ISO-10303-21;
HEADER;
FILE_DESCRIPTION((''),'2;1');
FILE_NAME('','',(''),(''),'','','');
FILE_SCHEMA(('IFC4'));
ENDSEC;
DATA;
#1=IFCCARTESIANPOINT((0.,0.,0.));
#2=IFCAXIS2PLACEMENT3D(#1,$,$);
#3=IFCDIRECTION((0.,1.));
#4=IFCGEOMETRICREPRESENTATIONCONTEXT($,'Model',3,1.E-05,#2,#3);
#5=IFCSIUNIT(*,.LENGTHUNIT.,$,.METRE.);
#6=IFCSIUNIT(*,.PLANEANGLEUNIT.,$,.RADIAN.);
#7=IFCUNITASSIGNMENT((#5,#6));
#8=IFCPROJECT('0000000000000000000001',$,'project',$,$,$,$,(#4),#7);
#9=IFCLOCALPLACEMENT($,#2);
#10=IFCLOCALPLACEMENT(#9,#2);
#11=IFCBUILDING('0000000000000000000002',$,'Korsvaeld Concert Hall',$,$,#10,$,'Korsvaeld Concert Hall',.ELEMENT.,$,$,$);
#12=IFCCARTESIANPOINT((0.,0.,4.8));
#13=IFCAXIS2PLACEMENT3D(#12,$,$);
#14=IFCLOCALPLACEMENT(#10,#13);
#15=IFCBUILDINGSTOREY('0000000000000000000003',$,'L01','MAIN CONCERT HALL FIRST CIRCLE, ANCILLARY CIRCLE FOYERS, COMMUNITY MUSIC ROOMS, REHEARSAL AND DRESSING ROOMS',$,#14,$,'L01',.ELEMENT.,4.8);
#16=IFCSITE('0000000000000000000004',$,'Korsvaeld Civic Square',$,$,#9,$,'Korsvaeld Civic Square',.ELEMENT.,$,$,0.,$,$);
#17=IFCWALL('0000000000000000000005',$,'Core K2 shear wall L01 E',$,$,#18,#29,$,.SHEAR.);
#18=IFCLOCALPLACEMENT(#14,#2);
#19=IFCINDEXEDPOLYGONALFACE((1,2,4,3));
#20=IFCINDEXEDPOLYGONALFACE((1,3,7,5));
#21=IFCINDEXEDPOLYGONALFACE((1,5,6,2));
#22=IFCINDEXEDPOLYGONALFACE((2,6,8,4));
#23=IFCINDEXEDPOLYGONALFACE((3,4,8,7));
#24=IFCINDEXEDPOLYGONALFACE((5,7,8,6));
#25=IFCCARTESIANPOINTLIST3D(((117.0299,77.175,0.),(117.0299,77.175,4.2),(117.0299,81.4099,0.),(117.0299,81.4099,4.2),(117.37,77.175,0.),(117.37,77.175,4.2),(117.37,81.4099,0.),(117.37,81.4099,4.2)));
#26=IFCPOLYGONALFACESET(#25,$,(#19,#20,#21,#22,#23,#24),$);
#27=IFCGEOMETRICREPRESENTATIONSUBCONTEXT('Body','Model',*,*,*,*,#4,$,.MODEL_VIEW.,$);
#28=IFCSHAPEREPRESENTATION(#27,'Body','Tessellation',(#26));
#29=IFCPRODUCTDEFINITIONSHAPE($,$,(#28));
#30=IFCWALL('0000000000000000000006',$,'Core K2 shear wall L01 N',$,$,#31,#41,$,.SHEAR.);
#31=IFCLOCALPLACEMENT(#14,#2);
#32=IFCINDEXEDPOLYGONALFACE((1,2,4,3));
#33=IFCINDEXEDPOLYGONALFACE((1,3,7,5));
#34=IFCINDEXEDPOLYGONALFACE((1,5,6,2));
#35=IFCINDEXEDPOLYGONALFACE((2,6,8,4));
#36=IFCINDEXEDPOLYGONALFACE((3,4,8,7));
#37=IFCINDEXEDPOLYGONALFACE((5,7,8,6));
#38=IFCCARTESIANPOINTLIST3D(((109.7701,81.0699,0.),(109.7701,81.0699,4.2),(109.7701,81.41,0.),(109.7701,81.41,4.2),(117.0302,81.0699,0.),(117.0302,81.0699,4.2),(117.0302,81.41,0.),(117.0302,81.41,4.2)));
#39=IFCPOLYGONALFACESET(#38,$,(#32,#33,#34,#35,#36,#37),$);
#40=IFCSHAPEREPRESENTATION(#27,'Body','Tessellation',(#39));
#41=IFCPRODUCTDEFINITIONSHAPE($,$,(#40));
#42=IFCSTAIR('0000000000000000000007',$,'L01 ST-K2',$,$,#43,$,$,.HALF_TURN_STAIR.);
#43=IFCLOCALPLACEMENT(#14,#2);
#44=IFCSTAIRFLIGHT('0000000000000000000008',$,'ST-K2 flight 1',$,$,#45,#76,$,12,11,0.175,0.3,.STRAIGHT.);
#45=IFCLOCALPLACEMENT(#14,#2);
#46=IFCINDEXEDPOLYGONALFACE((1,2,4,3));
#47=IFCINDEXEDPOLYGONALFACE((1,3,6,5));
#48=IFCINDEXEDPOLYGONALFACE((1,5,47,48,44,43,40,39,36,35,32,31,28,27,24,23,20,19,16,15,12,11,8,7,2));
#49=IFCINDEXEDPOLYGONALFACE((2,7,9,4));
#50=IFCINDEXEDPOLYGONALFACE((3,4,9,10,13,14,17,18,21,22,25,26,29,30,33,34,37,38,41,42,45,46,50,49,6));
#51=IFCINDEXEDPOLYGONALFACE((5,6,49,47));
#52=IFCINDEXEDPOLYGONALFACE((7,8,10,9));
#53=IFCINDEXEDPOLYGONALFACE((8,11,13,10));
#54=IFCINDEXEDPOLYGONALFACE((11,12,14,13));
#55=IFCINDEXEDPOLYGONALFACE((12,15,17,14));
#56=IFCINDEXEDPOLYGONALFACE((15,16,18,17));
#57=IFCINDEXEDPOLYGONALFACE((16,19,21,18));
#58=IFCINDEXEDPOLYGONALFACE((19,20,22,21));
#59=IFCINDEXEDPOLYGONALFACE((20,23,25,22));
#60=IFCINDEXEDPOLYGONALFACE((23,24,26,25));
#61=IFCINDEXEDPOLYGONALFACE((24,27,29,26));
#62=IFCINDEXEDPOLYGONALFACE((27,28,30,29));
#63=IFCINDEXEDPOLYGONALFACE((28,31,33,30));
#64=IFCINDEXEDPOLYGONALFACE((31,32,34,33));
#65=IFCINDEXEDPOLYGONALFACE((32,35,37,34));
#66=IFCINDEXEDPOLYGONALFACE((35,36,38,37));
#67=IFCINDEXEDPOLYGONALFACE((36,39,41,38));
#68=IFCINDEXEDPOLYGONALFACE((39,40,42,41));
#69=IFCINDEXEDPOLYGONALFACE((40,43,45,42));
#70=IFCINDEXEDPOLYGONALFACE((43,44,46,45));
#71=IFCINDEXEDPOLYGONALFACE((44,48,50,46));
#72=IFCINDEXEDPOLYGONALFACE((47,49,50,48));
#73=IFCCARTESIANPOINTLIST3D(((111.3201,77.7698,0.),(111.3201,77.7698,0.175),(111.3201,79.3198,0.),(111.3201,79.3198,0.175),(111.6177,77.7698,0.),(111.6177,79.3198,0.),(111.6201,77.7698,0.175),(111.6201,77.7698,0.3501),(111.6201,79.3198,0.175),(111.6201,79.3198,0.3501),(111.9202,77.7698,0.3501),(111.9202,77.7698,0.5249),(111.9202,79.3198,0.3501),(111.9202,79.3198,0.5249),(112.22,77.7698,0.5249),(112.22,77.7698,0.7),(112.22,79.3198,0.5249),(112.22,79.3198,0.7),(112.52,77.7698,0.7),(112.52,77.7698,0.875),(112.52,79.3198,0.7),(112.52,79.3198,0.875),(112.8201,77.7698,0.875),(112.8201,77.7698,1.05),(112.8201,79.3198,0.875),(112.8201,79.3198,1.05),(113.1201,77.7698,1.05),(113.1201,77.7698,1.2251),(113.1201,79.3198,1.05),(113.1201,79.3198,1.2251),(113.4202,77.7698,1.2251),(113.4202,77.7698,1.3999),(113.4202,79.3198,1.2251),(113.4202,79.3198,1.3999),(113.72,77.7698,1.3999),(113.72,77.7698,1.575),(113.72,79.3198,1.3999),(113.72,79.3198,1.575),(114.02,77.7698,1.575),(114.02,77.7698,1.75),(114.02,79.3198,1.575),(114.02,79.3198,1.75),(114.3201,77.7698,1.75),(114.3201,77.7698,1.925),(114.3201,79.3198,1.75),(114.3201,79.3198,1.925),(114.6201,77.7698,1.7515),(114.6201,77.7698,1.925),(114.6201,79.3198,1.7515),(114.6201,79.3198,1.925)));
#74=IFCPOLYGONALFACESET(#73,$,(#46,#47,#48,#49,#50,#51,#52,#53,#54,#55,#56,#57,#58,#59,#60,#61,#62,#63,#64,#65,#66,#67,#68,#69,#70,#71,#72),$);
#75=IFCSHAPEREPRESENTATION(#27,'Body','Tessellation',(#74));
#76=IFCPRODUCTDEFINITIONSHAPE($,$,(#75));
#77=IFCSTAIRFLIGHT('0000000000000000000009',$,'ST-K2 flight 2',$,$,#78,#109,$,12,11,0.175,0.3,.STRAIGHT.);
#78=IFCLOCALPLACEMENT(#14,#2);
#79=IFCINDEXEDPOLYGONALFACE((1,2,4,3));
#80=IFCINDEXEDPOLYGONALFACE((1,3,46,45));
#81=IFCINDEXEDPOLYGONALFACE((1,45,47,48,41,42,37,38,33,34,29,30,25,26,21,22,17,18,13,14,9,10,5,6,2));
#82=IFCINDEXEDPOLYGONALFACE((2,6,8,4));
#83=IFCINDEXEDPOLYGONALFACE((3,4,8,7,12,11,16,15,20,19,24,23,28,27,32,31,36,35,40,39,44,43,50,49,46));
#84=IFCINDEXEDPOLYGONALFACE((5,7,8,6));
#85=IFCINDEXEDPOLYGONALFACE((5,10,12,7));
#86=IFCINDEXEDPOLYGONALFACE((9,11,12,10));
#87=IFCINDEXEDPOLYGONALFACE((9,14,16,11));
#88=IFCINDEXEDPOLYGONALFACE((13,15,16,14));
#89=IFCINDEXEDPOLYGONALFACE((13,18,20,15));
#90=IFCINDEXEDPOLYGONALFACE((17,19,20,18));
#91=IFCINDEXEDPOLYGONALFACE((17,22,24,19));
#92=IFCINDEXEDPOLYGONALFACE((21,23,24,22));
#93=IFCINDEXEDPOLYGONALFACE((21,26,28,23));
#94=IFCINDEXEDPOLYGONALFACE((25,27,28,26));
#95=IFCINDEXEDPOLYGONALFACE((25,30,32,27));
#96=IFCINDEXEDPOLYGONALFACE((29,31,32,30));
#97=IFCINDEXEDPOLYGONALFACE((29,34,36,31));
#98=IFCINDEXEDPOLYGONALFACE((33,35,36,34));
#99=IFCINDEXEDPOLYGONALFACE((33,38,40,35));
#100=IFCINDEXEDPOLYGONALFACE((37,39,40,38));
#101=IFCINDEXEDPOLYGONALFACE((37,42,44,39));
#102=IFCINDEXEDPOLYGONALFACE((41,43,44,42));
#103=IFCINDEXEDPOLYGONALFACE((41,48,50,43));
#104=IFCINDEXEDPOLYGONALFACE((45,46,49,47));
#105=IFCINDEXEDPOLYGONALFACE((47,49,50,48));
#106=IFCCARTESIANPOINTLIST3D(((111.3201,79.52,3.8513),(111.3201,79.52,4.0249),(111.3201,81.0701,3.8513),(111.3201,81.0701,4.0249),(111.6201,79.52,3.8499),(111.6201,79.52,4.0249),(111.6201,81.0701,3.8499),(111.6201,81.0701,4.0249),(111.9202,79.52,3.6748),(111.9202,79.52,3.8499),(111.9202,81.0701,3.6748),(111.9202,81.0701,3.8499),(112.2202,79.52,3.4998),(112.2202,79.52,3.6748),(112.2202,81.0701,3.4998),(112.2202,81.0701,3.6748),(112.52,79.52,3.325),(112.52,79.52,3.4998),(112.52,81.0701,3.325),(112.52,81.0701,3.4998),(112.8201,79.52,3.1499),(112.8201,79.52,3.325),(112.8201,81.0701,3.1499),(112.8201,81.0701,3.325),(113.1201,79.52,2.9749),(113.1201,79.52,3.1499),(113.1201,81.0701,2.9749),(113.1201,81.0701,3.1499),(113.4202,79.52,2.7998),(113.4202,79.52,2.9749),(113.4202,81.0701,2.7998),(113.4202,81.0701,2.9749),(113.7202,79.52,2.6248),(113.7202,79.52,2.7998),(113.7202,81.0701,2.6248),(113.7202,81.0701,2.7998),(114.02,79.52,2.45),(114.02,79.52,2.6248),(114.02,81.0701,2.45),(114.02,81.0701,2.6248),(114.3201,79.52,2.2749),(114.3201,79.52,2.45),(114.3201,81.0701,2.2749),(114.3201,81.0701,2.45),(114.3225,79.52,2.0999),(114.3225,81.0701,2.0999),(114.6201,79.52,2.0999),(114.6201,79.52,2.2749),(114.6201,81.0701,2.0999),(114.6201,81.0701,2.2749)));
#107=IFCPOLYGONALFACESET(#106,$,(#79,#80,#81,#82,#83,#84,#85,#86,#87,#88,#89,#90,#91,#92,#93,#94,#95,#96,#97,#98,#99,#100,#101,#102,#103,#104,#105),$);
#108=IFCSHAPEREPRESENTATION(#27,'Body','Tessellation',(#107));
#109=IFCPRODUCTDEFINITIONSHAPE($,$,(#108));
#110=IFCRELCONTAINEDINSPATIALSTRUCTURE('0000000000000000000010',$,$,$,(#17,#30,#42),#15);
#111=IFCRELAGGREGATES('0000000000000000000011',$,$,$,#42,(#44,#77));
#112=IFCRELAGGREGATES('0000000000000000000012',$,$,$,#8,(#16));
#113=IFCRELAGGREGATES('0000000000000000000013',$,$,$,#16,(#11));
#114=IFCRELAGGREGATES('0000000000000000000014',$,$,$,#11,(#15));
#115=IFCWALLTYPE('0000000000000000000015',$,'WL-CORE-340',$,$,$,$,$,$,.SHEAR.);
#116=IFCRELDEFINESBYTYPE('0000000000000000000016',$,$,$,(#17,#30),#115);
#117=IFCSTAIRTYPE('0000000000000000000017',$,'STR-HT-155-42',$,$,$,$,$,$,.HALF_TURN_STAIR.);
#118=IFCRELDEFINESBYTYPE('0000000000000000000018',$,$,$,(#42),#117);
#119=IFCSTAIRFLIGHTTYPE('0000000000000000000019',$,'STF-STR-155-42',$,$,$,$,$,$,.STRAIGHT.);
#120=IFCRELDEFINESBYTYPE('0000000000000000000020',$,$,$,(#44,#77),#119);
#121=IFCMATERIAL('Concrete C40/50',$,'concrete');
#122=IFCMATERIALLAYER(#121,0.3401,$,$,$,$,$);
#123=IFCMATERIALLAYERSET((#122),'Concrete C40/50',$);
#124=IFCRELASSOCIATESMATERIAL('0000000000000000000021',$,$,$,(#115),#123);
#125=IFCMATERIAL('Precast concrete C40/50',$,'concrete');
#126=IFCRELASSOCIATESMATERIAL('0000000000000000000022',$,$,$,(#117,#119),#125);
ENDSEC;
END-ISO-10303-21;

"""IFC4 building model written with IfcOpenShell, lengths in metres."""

from ifc_helpers import new_model, si_unit, direction, frame, frame_2d, origin, place, context, subcontext, project, spatial, polyline, rectangle, outline, extrude, material, layer, layer_set, type_object, element, aggregate, save


model = new_model("IFC4")

# Units and contexts
model_context = context("Model", 3, precision=1e-05, world=origin(), true_north=direction((0.0, 1.0)))
body_context = subcontext(model_context, "Body", "Model", "MODEL_VIEW")
ifc_project = project(units=[si_unit("LENGTHUNIT", "METRE"), si_unit("PLANEANGLEUNIT", "RADIAN")], contexts=[model_context])

# Site, building, storey
site_placement = place(None, origin())
site = spatial("IfcSite", under=ifc_project, at=site_placement, Name="Korsvaeld Civic Square", LongName="Korsvaeld Civic Square", CompositionType="ELEMENT", RefElevation=0.0)
building_placement = place(site_placement, origin())
building = spatial("IfcBuilding", under=site, at=building_placement, Name="Korsvaeld Concert Hall", LongName="Korsvaeld Concert Hall", CompositionType="ELEMENT")
storey_placement = place(building_placement, frame((0.0, 0.0, 4.8)))
storey = spatial("IfcBuildingStorey", under=building, at=storey_placement, Name="L01", Description="MAIN CONCERT HALL FIRST CIRCLE, ANCILLARY CIRCLE FOYERS, COMMUNITY MUSIC ROOMS, REHEARSAL AND DRESSING ROOMS", LongName="L01", CompositionType="ELEMENT", Elevation=4.8)

# Shared definitions
ifc_material_1 = material(Name="Concrete C40/50", Category="concrete")

# Walls
ifc_layer = layer(ifc_material_1, 0.3401)
ifc_layer_set = layer_set([ifc_layer], Name="Concrete C40/50")
wall_type = type_object("IfcWallType", Name="WL-CORE-340", PredefinedType="SHEAR", material=ifc_layer_set)
wall_1_placement = place(storey_placement, frame((117.2, 77.175, 0.0), z_axis=(0.0, 0.0, 1.0), x_axis=(0.0, 1.0, 0.0)))
element("IfcWall", 1, at=wall_1_placement, inside=storey, type_object=wall_type, Name="Core K2 shear wall L01 E", PredefinedType="SHEAR", context=body_context, shape_type="SweptSolid", body=[
    extrude(rectangle(XDim=4.2349, YDim=0.3401, at=frame_2d((2.1174, 0.0))), origin(), (0.0, 0.0, 1.0), 4.2),
])
wall_2_placement = place(storey_placement, frame((117.03, 81.24, 0.0), z_axis=(0.0, 0.0, 1.0), x_axis=(-1.0, 0.0, 0.0)))
element("IfcWall", 2, at=wall_2_placement, inside=storey, type_object=wall_type, Name="Core K2 shear wall L01 N", PredefinedType="SHEAR", context=body_context, shape_type="SweptSolid", body=[
    extrude(rectangle(XDim=7.26, YDim=0.3401, at=frame_2d((3.6299, 0.0))), origin(), (0.0, 0.0, 1.0), 4.2),
])

# Stair, stair flights
ifc_material_2 = material(Name="Precast concrete C40/50", Category="concrete")
stair_type = type_object("IfcStairType", Name="STR-HT-155-42", PredefinedType="HALF_TURN_STAIR", material=ifc_material_2)
stair_placement = place(storey_placement, origin())
stair = element("IfcStair", 3, at=stair_placement, inside=storey, type_object=stair_type, Name="L01 ST-K2", PredefinedType="HALF_TURN_STAIR")
stair_flight_type = type_object("IfcStairFlightType", Name="STF-STR-155-42", PredefinedType="STRAIGHT", material=ifc_material_2)
stair_flight_1_placement = place(storey_placement, frame((111.3201, 78.5449, 0.0), z_axis=(0.0, 0.0, 1.0), x_axis=(1.0, 0.0, 0.0)))
stair_flight_1 = element("IfcStairFlight", 4, at=stair_flight_1_placement, type_object=stair_flight_type, Name="ST-K2 flight 1", NumberOfRisers=12, NumberOfTreads=11, PredefinedType="STRAIGHT", RiserHeight=0.175, TreadLength=0.3, context=body_context, shape_type="SweptSolid", body=[
    extrude(outline(polyline([(0.0, 0.0), (0.0, 0.175), (0.3, 0.175), (0.3, 0.3501), (0.6001, 0.3501), (0.6001, 0.5249), (0.8999, 0.5249), (0.8999, 0.7), (1.2, 0.7), (1.2, 0.875), (1.5, 0.875), (1.5, 1.05), (1.8, 1.05), (1.8, 1.2251), (2.1001, 1.2251), (2.1001, 1.3999), (2.3999, 1.3999), (2.3999, 1.575), (2.7, 1.575), (2.7, 1.75), (3.0, 1.75), (3.0, 1.925), (3.3, 1.925), (3.3, 2.1001), (3.3, 1.7515), (0.2976, 0.0), (0.0, 0.0)])), frame((0.0, 0.7749, 0.0), z_axis=(0.0, -1.0, 0.0), x_axis=(1.0, 0.0, 0.0)), (0.0, 0.0, 1.0), 1.55),
])
stair_flight_2_placement = place(storey_placement, frame((114.6201, 80.2949, 2.0999), z_axis=(0.0, 0.0, 1.0), x_axis=(-1.0, 0.0, 0.0)))
stair_flight_2 = element("IfcStairFlight", 5, at=stair_flight_2_placement, type_object=stair_flight_type, Name="ST-K2 flight 2", NumberOfRisers=12, NumberOfTreads=11, PredefinedType="STRAIGHT", RiserHeight=0.175, TreadLength=0.3, context=body_context, shape_type="SweptSolid", body=[
    extrude(outline(polyline([(0.0, 0.0), (0.0, 0.175), (0.3, 0.175), (0.3, 0.3501), (0.6001, 0.3501), (0.6001, 0.5249), (0.8999, 0.5249), (0.8999, 0.7), (1.2, 0.7), (1.2, 0.875), (1.5, 0.875), (1.5, 1.05), (1.8, 1.05), (1.8, 1.2251), (2.1001, 1.2251), (2.1001, 1.3999), (2.3999, 1.3999), (2.3999, 1.575), (2.7, 1.575), (2.7, 1.75), (3.0, 1.75), (3.0, 1.925), (3.3, 1.925), (3.3, 2.1001), (3.3, 1.7515), (0.2976, 0.0), (0.0, 0.0)])), frame((0.0, 0.7749, 0.0), z_axis=(0.0, -1.0, 0.0), x_axis=(1.0, 0.0, 0.0)), (0.0, 0.0, 1.0), 1.55),
])
aggregate(stair, [stair_flight_1, stair_flight_2])

save(model, "model.ifc")
